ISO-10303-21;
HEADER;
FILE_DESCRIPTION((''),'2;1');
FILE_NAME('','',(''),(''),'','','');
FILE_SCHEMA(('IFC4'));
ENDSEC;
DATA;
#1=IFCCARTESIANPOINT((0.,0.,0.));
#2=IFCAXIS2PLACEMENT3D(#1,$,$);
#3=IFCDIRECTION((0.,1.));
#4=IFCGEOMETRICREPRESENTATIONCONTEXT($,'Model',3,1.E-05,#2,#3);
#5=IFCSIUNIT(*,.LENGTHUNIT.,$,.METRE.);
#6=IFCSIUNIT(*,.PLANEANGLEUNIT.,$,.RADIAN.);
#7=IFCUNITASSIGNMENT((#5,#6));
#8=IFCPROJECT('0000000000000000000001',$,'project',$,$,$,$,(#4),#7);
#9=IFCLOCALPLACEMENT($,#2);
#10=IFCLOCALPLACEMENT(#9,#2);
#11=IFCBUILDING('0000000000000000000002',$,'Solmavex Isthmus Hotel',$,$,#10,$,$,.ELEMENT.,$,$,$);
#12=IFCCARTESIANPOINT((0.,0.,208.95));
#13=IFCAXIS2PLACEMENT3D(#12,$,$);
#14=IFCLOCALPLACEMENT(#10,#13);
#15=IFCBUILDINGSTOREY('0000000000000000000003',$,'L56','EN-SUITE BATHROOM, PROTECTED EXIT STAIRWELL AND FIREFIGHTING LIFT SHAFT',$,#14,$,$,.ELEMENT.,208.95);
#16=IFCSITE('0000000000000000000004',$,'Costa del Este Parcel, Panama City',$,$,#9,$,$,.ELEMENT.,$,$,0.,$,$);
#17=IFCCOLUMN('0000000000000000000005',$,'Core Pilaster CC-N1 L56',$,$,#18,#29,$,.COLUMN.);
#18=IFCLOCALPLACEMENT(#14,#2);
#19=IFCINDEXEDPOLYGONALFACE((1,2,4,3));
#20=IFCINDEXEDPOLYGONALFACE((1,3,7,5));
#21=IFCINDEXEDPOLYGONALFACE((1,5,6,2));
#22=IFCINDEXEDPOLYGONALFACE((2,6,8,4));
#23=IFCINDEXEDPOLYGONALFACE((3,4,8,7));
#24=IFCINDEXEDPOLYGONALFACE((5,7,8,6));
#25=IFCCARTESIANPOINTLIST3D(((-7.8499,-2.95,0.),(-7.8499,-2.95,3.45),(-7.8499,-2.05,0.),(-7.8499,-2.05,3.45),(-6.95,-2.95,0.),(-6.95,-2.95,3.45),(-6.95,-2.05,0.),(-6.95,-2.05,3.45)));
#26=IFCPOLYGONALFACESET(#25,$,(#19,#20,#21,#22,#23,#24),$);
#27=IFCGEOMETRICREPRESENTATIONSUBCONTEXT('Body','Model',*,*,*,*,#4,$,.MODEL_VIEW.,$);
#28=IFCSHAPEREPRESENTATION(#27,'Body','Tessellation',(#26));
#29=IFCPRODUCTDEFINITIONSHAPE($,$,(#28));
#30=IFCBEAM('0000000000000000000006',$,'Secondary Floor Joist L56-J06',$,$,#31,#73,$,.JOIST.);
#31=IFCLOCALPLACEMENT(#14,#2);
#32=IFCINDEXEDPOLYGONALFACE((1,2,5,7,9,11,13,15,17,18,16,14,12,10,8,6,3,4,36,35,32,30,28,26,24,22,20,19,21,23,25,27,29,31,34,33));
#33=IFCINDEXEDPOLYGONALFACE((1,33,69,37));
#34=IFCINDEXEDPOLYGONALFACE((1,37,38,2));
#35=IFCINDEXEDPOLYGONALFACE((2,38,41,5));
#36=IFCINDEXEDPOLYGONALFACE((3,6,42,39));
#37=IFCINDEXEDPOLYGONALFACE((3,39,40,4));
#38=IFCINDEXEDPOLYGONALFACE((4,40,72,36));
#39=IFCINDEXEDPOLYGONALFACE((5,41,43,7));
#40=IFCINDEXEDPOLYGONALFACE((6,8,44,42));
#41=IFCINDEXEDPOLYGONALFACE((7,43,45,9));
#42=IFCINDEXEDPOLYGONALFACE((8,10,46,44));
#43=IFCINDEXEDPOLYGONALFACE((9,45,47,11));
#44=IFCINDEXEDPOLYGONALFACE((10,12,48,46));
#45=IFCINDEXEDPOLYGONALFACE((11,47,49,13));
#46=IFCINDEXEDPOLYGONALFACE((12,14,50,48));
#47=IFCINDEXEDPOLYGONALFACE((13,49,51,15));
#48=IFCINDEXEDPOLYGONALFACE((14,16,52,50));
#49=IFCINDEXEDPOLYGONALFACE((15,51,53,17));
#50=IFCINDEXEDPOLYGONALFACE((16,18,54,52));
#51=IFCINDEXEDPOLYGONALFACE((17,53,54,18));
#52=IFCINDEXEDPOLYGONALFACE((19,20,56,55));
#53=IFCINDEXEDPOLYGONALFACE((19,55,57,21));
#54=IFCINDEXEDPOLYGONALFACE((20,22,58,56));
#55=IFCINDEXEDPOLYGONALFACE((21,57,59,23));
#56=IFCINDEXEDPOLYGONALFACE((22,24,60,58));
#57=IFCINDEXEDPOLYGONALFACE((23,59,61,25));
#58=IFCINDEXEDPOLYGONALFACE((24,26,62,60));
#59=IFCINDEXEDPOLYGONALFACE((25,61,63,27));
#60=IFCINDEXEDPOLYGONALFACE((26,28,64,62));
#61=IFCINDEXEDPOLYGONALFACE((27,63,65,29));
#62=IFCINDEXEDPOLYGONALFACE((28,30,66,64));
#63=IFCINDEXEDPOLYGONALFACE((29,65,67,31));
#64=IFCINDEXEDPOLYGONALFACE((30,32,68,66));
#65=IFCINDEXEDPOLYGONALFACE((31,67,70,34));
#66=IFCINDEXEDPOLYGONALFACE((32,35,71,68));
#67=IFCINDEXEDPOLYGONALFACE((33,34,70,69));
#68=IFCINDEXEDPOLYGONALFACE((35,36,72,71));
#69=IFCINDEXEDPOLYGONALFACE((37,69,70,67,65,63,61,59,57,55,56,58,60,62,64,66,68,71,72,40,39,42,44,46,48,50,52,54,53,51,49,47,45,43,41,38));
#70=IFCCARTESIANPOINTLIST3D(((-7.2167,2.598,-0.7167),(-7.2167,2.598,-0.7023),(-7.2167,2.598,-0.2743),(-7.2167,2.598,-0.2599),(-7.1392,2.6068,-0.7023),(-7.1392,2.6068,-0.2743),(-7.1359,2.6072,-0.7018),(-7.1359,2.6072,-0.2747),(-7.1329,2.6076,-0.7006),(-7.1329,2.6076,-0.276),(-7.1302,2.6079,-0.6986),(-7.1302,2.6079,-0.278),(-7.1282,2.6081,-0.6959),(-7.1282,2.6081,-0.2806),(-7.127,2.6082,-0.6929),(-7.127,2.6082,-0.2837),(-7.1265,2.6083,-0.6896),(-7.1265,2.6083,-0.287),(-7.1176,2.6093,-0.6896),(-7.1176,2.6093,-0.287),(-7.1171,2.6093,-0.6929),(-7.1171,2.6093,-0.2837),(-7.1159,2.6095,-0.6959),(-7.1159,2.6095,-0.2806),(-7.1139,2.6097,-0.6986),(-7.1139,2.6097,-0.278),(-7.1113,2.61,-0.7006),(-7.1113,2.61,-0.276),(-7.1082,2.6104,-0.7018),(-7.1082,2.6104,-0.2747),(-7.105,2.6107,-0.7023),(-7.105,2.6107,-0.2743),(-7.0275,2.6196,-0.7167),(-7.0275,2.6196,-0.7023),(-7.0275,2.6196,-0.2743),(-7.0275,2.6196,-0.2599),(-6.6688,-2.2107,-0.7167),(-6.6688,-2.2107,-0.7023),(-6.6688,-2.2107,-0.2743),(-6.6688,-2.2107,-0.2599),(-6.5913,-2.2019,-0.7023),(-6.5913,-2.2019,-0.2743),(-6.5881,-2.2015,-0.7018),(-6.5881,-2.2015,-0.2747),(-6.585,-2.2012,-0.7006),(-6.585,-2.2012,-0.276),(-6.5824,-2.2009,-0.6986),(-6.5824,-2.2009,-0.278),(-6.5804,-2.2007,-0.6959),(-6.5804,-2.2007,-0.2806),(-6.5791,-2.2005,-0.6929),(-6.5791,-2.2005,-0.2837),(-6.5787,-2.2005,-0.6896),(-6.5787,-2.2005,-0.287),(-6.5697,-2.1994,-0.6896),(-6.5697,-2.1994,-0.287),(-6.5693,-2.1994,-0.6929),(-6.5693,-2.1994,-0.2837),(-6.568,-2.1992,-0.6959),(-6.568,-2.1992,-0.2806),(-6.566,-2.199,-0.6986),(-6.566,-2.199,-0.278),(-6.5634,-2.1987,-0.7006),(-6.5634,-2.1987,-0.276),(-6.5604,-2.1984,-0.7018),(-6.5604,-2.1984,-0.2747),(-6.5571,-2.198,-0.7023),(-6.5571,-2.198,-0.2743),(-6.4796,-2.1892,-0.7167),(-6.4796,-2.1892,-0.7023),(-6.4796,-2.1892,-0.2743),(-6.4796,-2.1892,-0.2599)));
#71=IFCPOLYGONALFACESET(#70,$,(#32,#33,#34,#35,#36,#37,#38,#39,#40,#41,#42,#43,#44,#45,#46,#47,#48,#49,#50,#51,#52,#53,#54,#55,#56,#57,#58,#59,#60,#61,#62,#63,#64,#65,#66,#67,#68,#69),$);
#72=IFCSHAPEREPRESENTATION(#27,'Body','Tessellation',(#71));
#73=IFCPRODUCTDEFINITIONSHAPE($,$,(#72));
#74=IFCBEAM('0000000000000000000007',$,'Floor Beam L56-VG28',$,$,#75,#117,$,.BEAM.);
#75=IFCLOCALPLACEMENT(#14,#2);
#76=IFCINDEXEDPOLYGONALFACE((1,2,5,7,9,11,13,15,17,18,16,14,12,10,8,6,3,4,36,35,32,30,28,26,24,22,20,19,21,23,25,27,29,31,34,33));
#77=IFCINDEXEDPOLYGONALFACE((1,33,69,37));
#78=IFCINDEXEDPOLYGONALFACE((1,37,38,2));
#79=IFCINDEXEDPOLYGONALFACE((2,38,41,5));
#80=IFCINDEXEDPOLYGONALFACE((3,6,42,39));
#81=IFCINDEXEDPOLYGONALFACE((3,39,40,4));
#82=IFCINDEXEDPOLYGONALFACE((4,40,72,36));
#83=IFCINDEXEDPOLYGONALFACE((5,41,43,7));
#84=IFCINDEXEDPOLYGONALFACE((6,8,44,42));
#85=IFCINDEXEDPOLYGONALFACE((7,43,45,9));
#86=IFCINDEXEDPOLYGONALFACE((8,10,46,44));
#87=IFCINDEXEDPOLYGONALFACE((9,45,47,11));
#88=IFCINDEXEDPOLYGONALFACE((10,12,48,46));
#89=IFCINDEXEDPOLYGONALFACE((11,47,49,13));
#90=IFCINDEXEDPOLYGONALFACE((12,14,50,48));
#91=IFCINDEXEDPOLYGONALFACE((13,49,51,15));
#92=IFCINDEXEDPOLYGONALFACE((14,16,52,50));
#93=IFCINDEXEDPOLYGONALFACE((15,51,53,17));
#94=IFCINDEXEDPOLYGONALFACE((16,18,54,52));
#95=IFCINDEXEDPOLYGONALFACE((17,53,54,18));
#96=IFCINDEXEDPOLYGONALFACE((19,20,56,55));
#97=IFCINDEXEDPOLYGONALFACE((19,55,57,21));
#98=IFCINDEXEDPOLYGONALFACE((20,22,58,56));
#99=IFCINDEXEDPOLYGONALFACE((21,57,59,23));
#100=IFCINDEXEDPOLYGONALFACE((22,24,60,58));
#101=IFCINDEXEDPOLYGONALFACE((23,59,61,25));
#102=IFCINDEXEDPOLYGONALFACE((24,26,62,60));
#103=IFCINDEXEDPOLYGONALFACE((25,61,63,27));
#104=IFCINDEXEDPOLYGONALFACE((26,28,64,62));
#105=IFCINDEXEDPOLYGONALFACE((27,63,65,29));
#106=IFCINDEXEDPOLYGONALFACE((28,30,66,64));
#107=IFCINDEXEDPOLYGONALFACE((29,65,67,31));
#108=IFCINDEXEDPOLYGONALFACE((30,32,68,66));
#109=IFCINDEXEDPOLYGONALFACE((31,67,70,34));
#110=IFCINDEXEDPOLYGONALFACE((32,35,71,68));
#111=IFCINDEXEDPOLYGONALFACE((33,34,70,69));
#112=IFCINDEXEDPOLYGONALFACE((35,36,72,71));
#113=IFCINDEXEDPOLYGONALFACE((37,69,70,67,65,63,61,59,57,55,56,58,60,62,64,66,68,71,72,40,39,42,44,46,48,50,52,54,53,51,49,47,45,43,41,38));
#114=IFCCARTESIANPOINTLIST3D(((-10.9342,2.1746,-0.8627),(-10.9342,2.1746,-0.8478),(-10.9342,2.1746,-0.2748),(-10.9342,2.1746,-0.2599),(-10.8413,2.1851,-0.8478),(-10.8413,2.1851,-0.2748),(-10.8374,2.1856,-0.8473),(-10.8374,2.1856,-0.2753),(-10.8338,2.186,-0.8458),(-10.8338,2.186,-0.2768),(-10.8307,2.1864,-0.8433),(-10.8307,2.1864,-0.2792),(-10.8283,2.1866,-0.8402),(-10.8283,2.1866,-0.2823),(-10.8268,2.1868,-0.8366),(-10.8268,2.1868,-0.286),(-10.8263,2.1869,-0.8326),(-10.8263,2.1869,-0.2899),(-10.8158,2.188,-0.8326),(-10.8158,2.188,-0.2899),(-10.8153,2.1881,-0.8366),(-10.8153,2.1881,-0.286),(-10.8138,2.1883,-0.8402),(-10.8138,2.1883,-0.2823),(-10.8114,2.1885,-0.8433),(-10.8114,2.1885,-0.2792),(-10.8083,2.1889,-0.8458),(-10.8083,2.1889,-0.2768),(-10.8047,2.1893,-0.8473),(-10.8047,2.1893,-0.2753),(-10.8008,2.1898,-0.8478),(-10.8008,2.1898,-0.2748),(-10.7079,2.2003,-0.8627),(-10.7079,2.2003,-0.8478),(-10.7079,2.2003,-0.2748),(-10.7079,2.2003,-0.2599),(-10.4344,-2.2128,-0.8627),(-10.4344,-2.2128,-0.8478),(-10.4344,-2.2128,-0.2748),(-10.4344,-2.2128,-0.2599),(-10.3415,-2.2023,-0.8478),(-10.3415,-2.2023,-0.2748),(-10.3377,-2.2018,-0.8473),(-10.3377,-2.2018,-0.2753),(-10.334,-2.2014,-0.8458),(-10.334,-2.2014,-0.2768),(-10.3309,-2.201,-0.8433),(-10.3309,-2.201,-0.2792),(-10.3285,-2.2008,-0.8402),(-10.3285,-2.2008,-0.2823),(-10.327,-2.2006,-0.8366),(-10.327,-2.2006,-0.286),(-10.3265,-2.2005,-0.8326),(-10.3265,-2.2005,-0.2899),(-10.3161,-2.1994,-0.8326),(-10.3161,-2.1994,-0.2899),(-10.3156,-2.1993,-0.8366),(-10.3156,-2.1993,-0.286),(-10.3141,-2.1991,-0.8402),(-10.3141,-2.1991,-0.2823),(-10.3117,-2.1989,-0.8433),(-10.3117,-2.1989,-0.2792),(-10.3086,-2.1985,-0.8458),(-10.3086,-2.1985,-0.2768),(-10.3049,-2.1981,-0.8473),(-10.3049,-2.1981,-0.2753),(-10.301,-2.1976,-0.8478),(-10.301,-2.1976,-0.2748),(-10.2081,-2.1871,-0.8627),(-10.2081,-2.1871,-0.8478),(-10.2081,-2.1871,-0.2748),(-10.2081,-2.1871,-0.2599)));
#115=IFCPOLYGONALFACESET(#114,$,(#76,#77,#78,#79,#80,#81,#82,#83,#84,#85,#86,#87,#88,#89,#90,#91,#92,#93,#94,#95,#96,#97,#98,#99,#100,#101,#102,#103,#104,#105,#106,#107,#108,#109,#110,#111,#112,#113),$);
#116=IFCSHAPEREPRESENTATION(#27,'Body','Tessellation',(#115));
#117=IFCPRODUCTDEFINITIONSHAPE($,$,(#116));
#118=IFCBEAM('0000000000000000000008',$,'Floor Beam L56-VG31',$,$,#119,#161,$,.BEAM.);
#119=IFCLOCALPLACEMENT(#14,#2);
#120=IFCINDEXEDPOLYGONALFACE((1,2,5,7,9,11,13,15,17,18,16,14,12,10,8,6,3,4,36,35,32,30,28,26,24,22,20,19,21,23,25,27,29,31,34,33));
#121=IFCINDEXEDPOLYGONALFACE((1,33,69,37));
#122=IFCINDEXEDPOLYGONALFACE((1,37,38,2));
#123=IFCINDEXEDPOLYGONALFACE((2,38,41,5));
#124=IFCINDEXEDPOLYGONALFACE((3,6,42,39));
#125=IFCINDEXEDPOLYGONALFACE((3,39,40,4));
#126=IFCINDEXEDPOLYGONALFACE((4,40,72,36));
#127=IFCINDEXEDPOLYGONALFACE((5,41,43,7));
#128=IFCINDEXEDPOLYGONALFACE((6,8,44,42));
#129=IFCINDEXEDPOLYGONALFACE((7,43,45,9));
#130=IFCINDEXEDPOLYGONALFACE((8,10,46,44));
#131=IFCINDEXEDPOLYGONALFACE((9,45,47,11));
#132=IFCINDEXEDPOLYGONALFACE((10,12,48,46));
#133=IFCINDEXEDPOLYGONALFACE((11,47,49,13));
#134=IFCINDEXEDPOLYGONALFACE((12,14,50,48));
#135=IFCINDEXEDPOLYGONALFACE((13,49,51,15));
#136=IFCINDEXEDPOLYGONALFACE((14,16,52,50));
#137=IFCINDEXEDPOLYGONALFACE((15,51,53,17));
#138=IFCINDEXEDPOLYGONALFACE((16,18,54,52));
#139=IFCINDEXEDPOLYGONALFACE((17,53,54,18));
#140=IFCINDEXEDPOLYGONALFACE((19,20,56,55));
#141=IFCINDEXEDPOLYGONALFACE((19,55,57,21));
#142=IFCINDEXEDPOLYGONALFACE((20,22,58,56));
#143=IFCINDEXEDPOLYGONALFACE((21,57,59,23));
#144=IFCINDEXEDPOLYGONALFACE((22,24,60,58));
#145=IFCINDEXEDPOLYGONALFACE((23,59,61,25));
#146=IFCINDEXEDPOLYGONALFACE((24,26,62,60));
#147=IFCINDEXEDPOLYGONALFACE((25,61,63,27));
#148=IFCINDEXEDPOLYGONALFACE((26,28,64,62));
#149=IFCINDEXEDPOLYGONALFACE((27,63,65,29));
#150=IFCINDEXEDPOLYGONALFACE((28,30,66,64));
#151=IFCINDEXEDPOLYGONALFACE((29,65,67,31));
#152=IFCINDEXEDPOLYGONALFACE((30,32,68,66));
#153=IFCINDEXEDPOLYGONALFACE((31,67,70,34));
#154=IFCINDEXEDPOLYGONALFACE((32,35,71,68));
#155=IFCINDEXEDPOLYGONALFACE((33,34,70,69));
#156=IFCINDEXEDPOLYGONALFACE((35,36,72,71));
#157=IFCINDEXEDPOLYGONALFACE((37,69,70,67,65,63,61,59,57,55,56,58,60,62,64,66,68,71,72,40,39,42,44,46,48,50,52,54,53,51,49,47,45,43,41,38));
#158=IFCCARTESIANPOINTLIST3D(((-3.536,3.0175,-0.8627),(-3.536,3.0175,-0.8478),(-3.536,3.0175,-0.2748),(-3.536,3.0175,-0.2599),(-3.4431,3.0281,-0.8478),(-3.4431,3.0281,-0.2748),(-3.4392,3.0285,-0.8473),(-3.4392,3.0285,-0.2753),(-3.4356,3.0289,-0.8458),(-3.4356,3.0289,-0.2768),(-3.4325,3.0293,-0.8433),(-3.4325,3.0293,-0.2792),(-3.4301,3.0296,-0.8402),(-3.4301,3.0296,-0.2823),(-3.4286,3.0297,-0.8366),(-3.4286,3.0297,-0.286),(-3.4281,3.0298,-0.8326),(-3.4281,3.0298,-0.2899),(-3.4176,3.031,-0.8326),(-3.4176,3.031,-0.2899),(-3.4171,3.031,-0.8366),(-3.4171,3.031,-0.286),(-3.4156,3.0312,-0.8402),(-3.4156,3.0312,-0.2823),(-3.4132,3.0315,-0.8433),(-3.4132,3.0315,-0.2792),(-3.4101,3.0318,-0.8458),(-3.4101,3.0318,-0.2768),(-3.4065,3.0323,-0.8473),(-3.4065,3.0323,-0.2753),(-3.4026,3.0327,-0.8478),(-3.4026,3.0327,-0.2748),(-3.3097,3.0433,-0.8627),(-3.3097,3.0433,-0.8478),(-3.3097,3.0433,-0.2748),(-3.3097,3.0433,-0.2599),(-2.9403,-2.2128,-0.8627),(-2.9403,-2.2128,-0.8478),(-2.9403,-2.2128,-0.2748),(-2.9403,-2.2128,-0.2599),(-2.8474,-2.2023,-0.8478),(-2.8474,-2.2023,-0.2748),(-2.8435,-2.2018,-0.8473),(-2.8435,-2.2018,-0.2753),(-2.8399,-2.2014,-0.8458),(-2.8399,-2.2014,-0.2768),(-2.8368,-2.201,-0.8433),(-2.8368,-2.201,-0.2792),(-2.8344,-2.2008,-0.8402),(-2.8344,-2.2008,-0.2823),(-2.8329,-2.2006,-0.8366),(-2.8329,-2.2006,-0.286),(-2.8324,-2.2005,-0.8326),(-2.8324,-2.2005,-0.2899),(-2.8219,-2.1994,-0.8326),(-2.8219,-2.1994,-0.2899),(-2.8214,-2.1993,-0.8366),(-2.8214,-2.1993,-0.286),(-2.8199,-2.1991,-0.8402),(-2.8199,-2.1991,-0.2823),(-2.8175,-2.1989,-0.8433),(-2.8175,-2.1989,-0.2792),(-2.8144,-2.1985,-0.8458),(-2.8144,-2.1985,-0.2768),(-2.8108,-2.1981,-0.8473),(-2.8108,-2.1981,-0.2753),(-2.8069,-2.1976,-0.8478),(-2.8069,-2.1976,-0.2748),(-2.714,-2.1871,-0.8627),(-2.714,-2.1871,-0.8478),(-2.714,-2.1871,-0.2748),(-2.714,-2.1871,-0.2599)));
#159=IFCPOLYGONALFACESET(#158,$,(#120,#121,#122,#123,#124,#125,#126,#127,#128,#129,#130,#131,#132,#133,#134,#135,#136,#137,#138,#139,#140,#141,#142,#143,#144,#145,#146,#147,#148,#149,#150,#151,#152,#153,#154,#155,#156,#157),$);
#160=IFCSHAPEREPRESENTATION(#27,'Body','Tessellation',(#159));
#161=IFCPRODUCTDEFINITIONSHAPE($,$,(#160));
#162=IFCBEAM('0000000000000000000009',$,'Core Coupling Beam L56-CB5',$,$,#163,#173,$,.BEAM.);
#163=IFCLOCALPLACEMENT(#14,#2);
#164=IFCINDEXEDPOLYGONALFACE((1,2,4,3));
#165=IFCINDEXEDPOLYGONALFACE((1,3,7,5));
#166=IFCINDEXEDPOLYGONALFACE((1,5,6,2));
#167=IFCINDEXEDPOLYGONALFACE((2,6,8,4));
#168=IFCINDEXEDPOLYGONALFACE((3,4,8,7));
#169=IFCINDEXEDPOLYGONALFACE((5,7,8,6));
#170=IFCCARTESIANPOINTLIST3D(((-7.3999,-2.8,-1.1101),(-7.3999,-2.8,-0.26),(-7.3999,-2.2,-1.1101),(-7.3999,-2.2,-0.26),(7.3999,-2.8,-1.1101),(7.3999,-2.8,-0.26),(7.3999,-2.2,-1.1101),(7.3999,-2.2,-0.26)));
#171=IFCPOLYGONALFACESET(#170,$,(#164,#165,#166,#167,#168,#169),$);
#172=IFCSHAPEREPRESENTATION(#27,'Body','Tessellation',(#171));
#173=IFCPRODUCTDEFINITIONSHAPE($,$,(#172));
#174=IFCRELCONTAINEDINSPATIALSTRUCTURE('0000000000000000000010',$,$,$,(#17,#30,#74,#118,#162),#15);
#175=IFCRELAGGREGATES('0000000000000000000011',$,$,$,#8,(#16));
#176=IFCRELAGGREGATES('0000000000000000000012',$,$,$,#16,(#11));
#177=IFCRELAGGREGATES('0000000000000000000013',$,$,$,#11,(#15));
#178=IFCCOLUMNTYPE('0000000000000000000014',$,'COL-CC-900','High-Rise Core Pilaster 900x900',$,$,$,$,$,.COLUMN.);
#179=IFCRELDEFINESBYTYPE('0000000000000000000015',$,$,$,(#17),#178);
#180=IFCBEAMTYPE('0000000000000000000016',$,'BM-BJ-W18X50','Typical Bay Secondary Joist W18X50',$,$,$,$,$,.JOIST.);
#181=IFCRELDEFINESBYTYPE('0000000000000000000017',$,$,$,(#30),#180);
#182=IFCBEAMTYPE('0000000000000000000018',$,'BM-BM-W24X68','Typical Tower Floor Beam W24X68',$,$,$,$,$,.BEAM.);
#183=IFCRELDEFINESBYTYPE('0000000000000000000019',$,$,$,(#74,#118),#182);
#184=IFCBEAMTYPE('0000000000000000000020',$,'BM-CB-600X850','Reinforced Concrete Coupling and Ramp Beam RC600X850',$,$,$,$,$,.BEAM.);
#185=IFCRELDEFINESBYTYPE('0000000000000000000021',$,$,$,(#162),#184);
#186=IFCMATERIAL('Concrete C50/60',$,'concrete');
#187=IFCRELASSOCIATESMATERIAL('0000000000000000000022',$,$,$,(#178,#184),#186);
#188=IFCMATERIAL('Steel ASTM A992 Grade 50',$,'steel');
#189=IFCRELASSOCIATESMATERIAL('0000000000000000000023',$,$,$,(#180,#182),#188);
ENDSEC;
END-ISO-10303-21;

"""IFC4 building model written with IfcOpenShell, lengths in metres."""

from ifc_helpers import new_model, si_unit, direction, frame, origin, origin_2d, place, context, subcontext, project, spatial, rectangle, i_section, extrude, material, material_profile, profile_set, type_object, element, save


model = new_model("IFC4")

# Units and contexts
model_context = context("Model", 3, precision=1e-05, world=origin(), true_north=direction((0.0, 1.0)))
body_context = subcontext(model_context, "Body", "Model", "MODEL_VIEW")
ifc_project = project(units=[si_unit("LENGTHUNIT", "METRE"), si_unit("PLANEANGLEUNIT", "RADIAN")], contexts=[model_context])

# Site, building, storey
site_placement = place(None, origin())
site = spatial("IfcSite", under=ifc_project, at=site_placement, Name="Costa del Este Parcel, Panama City", CompositionType="ELEMENT", RefElevation=0.0)
building_placement = place(site_placement, origin())
building = spatial("IfcBuilding", under=site, at=building_placement, Name="Solmavex Isthmus Hotel", CompositionType="ELEMENT")
storey_placement = place(building_placement, frame((0.0, 0.0, 208.95)))
storey = spatial("IfcBuildingStorey", under=building, at=storey_placement, Name="L56", Description="EN-SUITE BATHROOM, PROTECTED EXIT STAIRWELL AND FIREFIGHTING LIFT SHAFT", CompositionType="ELEMENT", Elevation=208.95)

# Column
ifc_material_1 = material(Name="Concrete C50/60", Category="concrete")
ifc_material_profile_1 = material_profile(ifc_material_1, rectangle(XDim=0.8999, YDim=0.8999, at=origin_2d()), Name="RC900X900")
ifc_profile_set_1 = profile_set([ifc_material_profile_1], Name="Concrete C50/60")
column_type = type_object("IfcColumnType", Name="COL-CC-900", Description="High-Rise Core Pilaster 900x900", PredefinedType="COLUMN", material=ifc_profile_set_1)
column_placement = place(storey_placement, frame((-7.3999, -2.5, 0.0), z_axis=(0.0, 0.0, 1.0), x_axis=(1.0, 0.0, 0.0)))
element("IfcColumn", 1, at=column_placement, inside=storey, type_object=column_type, Name="Core Pilaster CC-N1 L56", PredefinedType="COLUMN", context=body_context, shape_type="SweptSolid", body=[
    extrude(rectangle(XDim=0.8999, YDim=0.8999, at=origin_2d()), origin(), (0.0, 0.0, 1.0), 3.45),
])

# Beams
ifc_material_2 = material(Name="Steel ASTM A992 Grade 50", Category="steel")
ifc_material_profile_2 = material_profile(ifc_material_2, i_section(OverallWidth=0.1904, OverallDepth=0.4568, WebThickness=0.009, FlangeThickness=0.0144, FilletRadius=0.0127, at=origin_2d()), Name="W18X50")
ifc_profile_set_2 = profile_set([ifc_material_profile_2], Name="Steel ASTM A992 Grade 50")
beam_type_1 = type_object("IfcBeamType", Name="BM-BJ-W18X50", Description="Typical Bay Secondary Joist W18X50", PredefinedType="JOIST", material=ifc_profile_set_2)
beam_1_placement = place(storey_placement, frame((-6.5742, -2.2, -0.4883), z_axis=(-0.113194, 0.993573, 0.0), x_axis=(-0.993573, -0.113194, 0.0)))
element("IfcBeam", 2, at=beam_1_placement, inside=storey, type_object=beam_type_1, Name="Secondary Floor Joist L56-J06", PredefinedType="JOIST", context=body_context, shape_type="SweptSolid", body=[
    extrude(i_section(OverallWidth=0.1904, OverallDepth=0.4568, WebThickness=0.009, FlangeThickness=0.0144, FilletRadius=0.0127, at=origin_2d()), origin(), (0.0, 0.0, 1.0), 4.8398),
])
ifc_material_profile_3 = material_profile(ifc_material_2, i_section(OverallWidth=0.2278, OverallDepth=0.6028, WebThickness=0.0105, FlangeThickness=0.0149, FilletRadius=0.0151, at=origin_2d()), Name="W24X68")
ifc_profile_set_3 = profile_set([ifc_material_profile_3], Name="Steel ASTM A992 Grade 50")
beam_type_2 = type_object("IfcBeamType", Name="BM-BM-W24X68", Description="Typical Tower Floor Beam W24X68", PredefinedType="BEAM", material=ifc_profile_set_3)
beam_2_placement = place(storey_placement, frame((-10.3213, -2.2, -0.5613), z_axis=(-0.113174, 0.993575, 0.0), x_axis=(-0.993575, -0.113174, 0.0)))
element("IfcBeam", 3, at=beam_2_placement, inside=storey, type_object=beam_type_2, Name="Floor Beam L56-VG28", PredefinedType="BEAM", context=body_context, shape_type="SweptSolid", body=[
    extrude(i_section(OverallWidth=0.2278, OverallDepth=0.6028, WebThickness=0.0105, FlangeThickness=0.0149, FilletRadius=0.0151, at=origin_2d()), origin(), (0.0, 0.0, 1.0), 4.4158),
])
beam_3_placement = place(storey_placement, frame((-2.8271, -2.2, -0.5613), z_axis=(-0.113159, 0.993577, 0.0), x_axis=(-0.993577, -0.113159, 0.0)))
element("IfcBeam", 4, at=beam_3_placement, inside=storey, type_object=beam_type_2, Name="Floor Beam L56-VG31", PredefinedType="BEAM", context=body_context, shape_type="SweptSolid", body=[
    extrude(i_section(OverallWidth=0.2278, OverallDepth=0.6028, WebThickness=0.0105, FlangeThickness=0.0149, FilletRadius=0.0151, at=origin_2d()), origin(), (0.0, 0.0, 1.0), 5.2642),
])
ifc_material_profile_4 = material_profile(ifc_material_1, rectangle(XDim=0.6001, YDim=0.8501, at=origin_2d()), Name="RC600X850")
ifc_profile_set_4 = profile_set([ifc_material_profile_4], Name="Concrete C50/60")
beam_type_3 = type_object("IfcBeamType", Name="BM-CB-600X850", Description="Reinforced Concrete Coupling and Ramp Beam RC600X850", PredefinedType="BEAM", material=ifc_profile_set_4)
beam_4_placement = place(storey_placement, frame((-7.3999, -2.5, -0.6851), z_axis=(1.0, 0.0, 0.0), x_axis=(0.0, 1.0, 0.0)))
element("IfcBeam", 5, at=beam_4_placement, inside=storey, type_object=beam_type_3, Name="Core Coupling Beam L56-CB5", PredefinedType="BEAM", context=body_context, shape_type="SweptSolid", body=[
    extrude(rectangle(XDim=0.6001, YDim=0.8501, at=origin_2d()), origin(), (0.0, 0.0, 1.0), 14.7998),
])

save(model, "model.ifc")
